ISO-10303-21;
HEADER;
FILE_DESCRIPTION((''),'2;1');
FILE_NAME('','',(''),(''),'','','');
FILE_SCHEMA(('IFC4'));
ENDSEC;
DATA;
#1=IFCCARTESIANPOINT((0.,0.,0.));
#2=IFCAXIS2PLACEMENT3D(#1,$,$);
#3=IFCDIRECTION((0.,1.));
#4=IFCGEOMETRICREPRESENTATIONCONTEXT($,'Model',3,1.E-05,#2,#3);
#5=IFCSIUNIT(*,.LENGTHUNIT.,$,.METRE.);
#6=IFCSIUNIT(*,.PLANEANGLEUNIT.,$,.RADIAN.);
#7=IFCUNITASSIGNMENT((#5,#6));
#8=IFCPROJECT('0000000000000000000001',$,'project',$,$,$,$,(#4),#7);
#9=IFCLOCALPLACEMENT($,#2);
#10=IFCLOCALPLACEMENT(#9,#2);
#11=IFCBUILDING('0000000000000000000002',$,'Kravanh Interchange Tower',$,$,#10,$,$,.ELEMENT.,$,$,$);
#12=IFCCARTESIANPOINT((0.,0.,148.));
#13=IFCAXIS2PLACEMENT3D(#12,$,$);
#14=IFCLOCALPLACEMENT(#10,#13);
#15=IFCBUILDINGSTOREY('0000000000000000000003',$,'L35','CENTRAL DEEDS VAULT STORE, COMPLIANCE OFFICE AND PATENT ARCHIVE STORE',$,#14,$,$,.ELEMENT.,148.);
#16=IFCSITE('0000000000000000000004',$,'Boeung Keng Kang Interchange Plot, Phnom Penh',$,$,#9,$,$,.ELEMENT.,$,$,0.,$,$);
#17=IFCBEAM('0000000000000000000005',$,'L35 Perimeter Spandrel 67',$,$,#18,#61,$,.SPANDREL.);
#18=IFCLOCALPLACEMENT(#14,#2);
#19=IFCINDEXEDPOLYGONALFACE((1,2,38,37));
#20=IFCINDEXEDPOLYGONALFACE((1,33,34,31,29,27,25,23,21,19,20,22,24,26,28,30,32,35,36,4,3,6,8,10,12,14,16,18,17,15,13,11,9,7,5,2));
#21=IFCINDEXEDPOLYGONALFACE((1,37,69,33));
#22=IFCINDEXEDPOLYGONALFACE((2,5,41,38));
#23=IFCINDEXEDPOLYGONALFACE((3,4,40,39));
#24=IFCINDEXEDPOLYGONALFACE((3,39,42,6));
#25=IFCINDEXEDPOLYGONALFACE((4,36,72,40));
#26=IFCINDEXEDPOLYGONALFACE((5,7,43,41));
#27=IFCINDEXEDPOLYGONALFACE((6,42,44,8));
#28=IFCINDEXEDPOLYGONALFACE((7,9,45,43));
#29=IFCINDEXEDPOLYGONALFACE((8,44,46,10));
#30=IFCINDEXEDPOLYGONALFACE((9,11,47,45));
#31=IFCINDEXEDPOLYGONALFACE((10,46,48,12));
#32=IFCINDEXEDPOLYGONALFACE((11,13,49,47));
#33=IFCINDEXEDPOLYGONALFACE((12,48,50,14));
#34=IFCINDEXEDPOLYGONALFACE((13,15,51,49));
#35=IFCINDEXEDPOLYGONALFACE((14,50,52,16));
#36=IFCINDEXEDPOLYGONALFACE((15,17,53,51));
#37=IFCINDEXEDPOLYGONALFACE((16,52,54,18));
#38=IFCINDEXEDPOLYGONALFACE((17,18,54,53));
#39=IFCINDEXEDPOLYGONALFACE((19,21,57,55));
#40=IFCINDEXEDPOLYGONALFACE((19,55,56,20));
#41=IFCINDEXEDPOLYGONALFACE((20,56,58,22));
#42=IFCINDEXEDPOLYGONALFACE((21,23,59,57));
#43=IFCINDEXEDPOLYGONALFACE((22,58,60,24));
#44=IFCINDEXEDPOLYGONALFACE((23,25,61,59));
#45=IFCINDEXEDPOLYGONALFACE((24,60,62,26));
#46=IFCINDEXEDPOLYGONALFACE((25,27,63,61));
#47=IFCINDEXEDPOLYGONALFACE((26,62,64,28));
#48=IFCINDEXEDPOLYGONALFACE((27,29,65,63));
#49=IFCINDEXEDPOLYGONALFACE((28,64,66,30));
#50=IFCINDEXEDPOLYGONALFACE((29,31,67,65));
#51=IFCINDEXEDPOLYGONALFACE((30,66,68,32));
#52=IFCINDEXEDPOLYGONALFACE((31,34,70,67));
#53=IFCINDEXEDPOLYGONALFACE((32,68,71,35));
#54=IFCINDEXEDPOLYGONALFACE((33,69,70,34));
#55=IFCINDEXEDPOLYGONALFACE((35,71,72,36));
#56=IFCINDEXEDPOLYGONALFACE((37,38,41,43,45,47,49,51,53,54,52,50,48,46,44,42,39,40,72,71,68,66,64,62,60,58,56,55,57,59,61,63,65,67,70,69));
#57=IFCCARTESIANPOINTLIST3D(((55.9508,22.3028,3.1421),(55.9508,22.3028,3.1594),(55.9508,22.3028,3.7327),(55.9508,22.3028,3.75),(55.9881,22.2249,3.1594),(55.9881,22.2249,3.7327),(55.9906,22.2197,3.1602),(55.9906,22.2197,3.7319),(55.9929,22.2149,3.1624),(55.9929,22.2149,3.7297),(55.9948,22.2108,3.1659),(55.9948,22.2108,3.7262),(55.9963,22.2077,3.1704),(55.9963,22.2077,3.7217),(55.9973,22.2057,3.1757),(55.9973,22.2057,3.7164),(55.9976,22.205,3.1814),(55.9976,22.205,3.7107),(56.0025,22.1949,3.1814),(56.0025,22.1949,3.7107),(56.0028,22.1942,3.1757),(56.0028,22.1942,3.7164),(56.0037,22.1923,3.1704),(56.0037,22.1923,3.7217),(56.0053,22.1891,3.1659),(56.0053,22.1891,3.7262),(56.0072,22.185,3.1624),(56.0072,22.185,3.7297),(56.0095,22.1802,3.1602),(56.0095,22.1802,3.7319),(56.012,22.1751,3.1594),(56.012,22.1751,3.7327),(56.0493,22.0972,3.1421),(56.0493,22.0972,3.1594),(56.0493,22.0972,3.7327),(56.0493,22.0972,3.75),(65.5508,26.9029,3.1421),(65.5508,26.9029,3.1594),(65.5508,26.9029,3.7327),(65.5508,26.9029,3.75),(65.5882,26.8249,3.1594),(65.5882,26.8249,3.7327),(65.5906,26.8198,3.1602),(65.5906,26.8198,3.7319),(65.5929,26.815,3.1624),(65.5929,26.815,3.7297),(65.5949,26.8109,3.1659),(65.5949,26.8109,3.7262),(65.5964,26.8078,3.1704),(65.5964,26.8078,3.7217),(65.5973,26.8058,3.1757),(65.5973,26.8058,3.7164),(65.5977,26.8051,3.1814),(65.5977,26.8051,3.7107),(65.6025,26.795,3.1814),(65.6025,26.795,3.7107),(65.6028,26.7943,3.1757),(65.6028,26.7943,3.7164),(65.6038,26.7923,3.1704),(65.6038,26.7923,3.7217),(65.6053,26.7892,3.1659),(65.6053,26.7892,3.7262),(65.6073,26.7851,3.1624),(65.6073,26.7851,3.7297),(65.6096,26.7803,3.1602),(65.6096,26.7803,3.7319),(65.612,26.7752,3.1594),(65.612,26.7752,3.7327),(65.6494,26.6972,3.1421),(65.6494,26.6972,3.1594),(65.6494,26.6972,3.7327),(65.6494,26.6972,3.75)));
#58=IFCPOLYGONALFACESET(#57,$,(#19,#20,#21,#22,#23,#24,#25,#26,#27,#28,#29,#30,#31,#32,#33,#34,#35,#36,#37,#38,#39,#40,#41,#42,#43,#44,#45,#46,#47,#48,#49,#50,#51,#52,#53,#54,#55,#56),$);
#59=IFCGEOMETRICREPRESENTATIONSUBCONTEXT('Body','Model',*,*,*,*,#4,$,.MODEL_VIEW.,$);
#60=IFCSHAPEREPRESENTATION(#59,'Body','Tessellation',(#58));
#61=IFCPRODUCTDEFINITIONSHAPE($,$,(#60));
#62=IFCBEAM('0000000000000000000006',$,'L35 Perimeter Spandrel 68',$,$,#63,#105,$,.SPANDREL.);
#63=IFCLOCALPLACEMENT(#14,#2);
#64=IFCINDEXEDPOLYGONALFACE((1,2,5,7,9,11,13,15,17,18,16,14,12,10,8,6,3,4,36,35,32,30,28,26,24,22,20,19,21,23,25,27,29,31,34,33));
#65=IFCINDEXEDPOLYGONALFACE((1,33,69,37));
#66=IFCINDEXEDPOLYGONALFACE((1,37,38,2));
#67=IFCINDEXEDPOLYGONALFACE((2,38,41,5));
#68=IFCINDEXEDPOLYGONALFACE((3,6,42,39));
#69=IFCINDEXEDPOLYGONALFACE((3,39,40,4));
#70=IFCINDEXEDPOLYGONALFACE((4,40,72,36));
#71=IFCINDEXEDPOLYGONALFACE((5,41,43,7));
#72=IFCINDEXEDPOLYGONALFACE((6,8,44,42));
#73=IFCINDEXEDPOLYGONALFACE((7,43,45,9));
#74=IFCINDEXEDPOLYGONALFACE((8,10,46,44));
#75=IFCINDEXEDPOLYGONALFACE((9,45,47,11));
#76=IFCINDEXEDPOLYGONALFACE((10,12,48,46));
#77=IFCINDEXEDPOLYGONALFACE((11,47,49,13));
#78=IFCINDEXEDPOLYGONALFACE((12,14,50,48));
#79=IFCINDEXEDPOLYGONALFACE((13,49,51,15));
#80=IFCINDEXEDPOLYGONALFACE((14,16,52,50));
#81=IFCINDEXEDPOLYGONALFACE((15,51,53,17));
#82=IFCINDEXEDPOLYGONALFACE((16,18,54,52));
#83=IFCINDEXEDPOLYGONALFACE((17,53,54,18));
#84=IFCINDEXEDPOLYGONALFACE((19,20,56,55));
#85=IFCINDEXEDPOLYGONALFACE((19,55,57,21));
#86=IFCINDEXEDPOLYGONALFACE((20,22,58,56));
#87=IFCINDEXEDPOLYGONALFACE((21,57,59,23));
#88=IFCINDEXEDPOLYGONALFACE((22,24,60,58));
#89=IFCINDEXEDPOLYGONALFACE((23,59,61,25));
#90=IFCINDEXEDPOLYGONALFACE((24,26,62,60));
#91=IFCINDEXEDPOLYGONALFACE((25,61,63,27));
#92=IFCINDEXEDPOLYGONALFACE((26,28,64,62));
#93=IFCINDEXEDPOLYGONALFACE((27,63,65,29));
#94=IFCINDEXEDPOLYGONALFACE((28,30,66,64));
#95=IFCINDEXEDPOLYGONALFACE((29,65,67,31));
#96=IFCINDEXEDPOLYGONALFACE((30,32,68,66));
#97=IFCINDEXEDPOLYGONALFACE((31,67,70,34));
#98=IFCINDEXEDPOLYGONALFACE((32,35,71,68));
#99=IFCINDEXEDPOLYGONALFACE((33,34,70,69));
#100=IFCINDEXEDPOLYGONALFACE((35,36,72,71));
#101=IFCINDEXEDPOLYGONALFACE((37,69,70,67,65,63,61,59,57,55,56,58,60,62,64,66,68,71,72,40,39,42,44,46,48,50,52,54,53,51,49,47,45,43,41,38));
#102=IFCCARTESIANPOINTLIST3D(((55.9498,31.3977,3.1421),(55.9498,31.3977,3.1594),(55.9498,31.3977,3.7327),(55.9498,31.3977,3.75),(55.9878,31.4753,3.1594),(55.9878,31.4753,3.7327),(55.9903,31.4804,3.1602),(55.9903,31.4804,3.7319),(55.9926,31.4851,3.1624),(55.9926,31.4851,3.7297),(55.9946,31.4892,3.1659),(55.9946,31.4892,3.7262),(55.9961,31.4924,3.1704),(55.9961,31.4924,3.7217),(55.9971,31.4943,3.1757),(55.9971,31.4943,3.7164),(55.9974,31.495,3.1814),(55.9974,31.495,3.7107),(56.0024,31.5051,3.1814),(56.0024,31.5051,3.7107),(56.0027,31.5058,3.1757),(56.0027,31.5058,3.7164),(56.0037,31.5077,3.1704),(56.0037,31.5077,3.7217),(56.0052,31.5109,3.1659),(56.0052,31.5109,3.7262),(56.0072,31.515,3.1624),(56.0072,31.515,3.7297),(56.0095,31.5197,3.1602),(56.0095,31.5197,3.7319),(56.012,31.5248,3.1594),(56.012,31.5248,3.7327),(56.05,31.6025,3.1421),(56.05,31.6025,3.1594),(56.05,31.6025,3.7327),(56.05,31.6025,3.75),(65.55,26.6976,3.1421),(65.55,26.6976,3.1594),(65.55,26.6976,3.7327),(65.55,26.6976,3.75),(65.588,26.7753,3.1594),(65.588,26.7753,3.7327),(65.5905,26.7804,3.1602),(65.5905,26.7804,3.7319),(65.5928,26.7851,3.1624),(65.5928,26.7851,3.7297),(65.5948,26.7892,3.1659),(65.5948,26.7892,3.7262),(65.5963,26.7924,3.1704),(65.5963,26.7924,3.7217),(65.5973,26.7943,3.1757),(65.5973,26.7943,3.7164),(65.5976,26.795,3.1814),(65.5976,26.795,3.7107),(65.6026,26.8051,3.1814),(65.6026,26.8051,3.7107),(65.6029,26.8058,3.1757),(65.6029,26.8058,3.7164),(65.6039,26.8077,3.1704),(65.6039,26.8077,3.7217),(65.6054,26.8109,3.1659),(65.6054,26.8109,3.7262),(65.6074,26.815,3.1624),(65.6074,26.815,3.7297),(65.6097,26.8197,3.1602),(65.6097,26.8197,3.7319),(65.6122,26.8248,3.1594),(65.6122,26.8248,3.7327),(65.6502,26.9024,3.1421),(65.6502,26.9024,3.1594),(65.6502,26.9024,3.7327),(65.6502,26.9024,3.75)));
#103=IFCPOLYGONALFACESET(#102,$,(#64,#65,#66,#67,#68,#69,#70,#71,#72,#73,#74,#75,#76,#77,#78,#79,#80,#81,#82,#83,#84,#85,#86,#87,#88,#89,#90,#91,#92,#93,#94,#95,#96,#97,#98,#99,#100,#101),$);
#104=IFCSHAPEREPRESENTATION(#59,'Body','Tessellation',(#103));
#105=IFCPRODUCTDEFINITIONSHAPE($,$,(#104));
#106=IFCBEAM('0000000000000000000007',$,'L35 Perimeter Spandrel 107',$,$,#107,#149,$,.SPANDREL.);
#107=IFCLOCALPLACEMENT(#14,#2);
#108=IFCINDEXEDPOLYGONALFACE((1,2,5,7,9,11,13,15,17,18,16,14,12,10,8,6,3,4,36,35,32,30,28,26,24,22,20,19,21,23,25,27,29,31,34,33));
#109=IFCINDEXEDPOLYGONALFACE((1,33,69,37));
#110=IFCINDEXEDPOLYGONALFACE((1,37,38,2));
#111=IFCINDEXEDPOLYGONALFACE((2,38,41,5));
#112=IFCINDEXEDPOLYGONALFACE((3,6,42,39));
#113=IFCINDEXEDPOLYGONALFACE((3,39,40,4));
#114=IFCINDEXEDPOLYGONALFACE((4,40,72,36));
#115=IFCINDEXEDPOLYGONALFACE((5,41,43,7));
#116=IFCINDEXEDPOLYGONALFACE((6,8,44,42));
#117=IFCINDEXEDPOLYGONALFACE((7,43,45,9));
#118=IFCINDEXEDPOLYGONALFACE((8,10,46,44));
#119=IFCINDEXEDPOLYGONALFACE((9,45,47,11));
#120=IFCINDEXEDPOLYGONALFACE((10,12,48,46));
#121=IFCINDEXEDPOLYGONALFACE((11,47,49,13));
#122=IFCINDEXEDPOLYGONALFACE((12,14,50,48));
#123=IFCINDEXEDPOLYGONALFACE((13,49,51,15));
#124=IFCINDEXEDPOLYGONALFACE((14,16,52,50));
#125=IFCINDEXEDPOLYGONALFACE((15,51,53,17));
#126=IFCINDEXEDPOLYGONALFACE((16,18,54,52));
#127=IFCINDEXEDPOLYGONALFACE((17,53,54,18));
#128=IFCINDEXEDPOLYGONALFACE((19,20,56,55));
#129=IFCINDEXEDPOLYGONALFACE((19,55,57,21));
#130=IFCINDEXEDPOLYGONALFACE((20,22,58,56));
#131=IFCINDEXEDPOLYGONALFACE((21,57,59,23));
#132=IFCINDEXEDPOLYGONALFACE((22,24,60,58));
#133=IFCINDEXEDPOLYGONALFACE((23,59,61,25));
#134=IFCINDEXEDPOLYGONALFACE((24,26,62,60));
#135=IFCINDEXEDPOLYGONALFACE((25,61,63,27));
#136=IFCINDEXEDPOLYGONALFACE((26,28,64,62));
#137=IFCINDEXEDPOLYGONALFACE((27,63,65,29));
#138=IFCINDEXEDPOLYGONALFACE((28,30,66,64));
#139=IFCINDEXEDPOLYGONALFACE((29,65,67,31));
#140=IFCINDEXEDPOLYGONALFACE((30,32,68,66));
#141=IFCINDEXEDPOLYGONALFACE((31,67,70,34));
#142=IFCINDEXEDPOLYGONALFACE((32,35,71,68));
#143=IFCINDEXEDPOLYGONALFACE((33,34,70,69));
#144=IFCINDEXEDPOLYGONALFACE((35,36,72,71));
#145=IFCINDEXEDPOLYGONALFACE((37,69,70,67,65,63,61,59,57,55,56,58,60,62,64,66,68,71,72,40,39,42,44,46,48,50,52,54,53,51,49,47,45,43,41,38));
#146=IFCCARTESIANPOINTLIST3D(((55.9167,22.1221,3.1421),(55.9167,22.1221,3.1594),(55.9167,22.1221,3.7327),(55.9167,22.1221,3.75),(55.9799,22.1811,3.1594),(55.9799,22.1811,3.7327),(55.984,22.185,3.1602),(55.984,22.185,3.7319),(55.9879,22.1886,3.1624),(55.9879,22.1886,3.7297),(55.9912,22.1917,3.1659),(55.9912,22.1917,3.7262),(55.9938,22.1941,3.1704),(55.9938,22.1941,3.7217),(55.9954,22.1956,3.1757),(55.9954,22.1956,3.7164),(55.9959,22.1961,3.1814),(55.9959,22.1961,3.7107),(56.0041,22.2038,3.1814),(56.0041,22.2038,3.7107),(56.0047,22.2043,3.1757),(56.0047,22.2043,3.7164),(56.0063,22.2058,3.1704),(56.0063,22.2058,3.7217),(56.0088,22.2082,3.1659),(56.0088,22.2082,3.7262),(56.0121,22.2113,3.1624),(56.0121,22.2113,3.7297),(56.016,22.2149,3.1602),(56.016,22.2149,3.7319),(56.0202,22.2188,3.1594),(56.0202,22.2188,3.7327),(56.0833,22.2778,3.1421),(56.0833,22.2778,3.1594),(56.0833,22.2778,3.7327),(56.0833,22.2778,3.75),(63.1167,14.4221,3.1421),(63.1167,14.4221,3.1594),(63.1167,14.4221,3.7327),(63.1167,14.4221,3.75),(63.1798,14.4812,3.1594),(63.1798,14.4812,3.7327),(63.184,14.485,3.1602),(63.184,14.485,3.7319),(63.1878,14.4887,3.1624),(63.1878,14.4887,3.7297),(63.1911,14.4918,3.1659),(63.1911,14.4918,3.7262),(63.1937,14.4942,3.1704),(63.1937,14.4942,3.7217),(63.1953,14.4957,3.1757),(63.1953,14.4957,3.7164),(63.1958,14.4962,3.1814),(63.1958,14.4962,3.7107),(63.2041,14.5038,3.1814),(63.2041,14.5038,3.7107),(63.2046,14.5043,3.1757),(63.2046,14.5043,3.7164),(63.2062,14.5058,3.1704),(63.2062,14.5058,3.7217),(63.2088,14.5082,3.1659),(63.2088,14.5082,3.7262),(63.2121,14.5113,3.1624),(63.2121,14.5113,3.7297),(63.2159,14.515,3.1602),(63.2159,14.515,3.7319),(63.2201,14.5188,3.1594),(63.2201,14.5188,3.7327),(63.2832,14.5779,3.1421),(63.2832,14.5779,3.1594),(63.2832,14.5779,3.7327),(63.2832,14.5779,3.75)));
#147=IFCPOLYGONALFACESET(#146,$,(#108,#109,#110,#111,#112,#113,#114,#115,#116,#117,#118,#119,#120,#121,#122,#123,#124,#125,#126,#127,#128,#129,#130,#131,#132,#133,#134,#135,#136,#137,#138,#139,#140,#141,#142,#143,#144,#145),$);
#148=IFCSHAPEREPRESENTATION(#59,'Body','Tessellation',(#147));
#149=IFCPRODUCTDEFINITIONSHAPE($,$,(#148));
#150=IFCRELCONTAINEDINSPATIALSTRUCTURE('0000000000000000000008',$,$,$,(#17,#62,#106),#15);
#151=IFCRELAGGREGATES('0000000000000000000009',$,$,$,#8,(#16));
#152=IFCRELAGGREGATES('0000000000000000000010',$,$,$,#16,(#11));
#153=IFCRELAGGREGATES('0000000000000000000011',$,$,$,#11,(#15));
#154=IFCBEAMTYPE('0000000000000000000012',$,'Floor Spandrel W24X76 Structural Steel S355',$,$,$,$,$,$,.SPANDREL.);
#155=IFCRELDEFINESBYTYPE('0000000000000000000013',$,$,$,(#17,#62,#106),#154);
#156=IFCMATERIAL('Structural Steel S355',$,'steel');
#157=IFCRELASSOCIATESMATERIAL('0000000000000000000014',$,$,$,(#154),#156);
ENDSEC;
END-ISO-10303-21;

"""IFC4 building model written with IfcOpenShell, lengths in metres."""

from ifc_helpers import new_model, si_unit, direction, frame, origin, origin_2d, place, context, subcontext, project, spatial, i_section, extrude, material, material_profile, profile_set, type_object, element, save


model = new_model("IFC4")

# Units and contexts
model_context = context("Model", 3, precision=1e-05, world=origin(), true_north=direction((0.0, 1.0)))
body_context = subcontext(model_context, "Body", "Model", "MODEL_VIEW")
ifc_project = project(units=[si_unit("LENGTHUNIT", "METRE"), si_unit("PLANEANGLEUNIT", "RADIAN")], contexts=[model_context])

# Site, building, storey
site_placement = place(None, origin())
site = spatial("IfcSite", under=ifc_project, at=site_placement, Name="Boeung Keng Kang Interchange Plot, Phnom Penh", CompositionType="ELEMENT", RefElevation=0.0)
building_placement = place(site_placement, origin())
building = spatial("IfcBuilding", under=site, at=building_placement, Name="Kravanh Interchange Tower", CompositionType="ELEMENT")
storey_placement = place(building_placement, frame((0.0, 0.0, 148.0)))
storey = spatial("IfcBuildingStorey", under=building, at=storey_placement, Name="L35", Description="CENTRAL DEEDS VAULT STORE, COMPLIANCE OFFICE AND PATENT ARCHIVE STORE", CompositionType="ELEMENT", Elevation=148.0)

# Beams
ifc_material_1 = material(Name="Structural Steel S355", Category="steel")
ifc_material_profile_1 = material_profile(ifc_material_1, i_section(OverallWidth=0.228, OverallDepth=0.6079, WebThickness=0.0112, FlangeThickness=0.0173, FilletRadius=0.022, at=origin_2d()), Name="W24X76")
ifc_profile_set_1 = profile_set([ifc_material_profile_1], Name="Structural Steel S355")
beam_type_1 = type_object("IfcBeamType", Name="Floor Spandrel W24X76 Structural Steel S355", PredefinedType="SPANDREL", material=ifc_profile_set_1)
beam_1_placement = place(storey_placement, frame((65.6001, 26.8, 3.446), z_axis=(-0.901814, -0.432124, 0.0), x_axis=(0.432124, -0.901814, 0.0)))
element("IfcBeam", 1, at=beam_1_placement, inside=storey, type_object=beam_type_1, Name="L35 Perimeter Spandrel 67", PredefinedType="SPANDREL", context=body_context, shape_type="SweptSolid", body=[
    extrude(i_section(OverallWidth=0.228, OverallDepth=0.6079, WebThickness=0.0112, FlangeThickness=0.0173, FilletRadius=0.022, at=origin_2d()), origin(), (0.0, 0.0, 1.0), 10.6453),
])
beam_2_placement = place(storey_placement, frame((65.6001, 26.8, 3.446), z_axis=(-0.898142, 0.439706, 0.0), x_axis=(-0.439706, -0.898142, 0.0)))
element("IfcBeam", 2, at=beam_2_placement, inside=storey, type_object=beam_type_1, Name="L35 Perimeter Spandrel 68", PredefinedType="SPANDREL", context=body_context, shape_type="SweptSolid", body=[
    extrude(i_section(OverallWidth=0.228, OverallDepth=0.6079, WebThickness=0.0112, FlangeThickness=0.0173, FilletRadius=0.022, at=origin_2d()), origin(), (0.0, 0.0, 1.0), 10.689),
])
beam_3_placement = place(storey_placement, frame((63.2, 14.5, 3.446), z_axis=(-0.682994, 0.730424, 0.0), x_axis=(-0.730424, -0.682994, 0.0)))
element("IfcBeam", 3, at=beam_3_placement, inside=storey, type_object=beam_type_1, Name="L35 Perimeter Spandrel 107", PredefinedType="SPANDREL", context=body_context, shape_type="SweptSolid", body=[
    extrude(i_section(OverallWidth=0.228, OverallDepth=0.6079, WebThickness=0.0112, FlangeThickness=0.0173, FilletRadius=0.022, at=origin_2d()), origin(), (0.0, 0.0, 1.0), 10.5417),
])

save(model, "model.ifc")
